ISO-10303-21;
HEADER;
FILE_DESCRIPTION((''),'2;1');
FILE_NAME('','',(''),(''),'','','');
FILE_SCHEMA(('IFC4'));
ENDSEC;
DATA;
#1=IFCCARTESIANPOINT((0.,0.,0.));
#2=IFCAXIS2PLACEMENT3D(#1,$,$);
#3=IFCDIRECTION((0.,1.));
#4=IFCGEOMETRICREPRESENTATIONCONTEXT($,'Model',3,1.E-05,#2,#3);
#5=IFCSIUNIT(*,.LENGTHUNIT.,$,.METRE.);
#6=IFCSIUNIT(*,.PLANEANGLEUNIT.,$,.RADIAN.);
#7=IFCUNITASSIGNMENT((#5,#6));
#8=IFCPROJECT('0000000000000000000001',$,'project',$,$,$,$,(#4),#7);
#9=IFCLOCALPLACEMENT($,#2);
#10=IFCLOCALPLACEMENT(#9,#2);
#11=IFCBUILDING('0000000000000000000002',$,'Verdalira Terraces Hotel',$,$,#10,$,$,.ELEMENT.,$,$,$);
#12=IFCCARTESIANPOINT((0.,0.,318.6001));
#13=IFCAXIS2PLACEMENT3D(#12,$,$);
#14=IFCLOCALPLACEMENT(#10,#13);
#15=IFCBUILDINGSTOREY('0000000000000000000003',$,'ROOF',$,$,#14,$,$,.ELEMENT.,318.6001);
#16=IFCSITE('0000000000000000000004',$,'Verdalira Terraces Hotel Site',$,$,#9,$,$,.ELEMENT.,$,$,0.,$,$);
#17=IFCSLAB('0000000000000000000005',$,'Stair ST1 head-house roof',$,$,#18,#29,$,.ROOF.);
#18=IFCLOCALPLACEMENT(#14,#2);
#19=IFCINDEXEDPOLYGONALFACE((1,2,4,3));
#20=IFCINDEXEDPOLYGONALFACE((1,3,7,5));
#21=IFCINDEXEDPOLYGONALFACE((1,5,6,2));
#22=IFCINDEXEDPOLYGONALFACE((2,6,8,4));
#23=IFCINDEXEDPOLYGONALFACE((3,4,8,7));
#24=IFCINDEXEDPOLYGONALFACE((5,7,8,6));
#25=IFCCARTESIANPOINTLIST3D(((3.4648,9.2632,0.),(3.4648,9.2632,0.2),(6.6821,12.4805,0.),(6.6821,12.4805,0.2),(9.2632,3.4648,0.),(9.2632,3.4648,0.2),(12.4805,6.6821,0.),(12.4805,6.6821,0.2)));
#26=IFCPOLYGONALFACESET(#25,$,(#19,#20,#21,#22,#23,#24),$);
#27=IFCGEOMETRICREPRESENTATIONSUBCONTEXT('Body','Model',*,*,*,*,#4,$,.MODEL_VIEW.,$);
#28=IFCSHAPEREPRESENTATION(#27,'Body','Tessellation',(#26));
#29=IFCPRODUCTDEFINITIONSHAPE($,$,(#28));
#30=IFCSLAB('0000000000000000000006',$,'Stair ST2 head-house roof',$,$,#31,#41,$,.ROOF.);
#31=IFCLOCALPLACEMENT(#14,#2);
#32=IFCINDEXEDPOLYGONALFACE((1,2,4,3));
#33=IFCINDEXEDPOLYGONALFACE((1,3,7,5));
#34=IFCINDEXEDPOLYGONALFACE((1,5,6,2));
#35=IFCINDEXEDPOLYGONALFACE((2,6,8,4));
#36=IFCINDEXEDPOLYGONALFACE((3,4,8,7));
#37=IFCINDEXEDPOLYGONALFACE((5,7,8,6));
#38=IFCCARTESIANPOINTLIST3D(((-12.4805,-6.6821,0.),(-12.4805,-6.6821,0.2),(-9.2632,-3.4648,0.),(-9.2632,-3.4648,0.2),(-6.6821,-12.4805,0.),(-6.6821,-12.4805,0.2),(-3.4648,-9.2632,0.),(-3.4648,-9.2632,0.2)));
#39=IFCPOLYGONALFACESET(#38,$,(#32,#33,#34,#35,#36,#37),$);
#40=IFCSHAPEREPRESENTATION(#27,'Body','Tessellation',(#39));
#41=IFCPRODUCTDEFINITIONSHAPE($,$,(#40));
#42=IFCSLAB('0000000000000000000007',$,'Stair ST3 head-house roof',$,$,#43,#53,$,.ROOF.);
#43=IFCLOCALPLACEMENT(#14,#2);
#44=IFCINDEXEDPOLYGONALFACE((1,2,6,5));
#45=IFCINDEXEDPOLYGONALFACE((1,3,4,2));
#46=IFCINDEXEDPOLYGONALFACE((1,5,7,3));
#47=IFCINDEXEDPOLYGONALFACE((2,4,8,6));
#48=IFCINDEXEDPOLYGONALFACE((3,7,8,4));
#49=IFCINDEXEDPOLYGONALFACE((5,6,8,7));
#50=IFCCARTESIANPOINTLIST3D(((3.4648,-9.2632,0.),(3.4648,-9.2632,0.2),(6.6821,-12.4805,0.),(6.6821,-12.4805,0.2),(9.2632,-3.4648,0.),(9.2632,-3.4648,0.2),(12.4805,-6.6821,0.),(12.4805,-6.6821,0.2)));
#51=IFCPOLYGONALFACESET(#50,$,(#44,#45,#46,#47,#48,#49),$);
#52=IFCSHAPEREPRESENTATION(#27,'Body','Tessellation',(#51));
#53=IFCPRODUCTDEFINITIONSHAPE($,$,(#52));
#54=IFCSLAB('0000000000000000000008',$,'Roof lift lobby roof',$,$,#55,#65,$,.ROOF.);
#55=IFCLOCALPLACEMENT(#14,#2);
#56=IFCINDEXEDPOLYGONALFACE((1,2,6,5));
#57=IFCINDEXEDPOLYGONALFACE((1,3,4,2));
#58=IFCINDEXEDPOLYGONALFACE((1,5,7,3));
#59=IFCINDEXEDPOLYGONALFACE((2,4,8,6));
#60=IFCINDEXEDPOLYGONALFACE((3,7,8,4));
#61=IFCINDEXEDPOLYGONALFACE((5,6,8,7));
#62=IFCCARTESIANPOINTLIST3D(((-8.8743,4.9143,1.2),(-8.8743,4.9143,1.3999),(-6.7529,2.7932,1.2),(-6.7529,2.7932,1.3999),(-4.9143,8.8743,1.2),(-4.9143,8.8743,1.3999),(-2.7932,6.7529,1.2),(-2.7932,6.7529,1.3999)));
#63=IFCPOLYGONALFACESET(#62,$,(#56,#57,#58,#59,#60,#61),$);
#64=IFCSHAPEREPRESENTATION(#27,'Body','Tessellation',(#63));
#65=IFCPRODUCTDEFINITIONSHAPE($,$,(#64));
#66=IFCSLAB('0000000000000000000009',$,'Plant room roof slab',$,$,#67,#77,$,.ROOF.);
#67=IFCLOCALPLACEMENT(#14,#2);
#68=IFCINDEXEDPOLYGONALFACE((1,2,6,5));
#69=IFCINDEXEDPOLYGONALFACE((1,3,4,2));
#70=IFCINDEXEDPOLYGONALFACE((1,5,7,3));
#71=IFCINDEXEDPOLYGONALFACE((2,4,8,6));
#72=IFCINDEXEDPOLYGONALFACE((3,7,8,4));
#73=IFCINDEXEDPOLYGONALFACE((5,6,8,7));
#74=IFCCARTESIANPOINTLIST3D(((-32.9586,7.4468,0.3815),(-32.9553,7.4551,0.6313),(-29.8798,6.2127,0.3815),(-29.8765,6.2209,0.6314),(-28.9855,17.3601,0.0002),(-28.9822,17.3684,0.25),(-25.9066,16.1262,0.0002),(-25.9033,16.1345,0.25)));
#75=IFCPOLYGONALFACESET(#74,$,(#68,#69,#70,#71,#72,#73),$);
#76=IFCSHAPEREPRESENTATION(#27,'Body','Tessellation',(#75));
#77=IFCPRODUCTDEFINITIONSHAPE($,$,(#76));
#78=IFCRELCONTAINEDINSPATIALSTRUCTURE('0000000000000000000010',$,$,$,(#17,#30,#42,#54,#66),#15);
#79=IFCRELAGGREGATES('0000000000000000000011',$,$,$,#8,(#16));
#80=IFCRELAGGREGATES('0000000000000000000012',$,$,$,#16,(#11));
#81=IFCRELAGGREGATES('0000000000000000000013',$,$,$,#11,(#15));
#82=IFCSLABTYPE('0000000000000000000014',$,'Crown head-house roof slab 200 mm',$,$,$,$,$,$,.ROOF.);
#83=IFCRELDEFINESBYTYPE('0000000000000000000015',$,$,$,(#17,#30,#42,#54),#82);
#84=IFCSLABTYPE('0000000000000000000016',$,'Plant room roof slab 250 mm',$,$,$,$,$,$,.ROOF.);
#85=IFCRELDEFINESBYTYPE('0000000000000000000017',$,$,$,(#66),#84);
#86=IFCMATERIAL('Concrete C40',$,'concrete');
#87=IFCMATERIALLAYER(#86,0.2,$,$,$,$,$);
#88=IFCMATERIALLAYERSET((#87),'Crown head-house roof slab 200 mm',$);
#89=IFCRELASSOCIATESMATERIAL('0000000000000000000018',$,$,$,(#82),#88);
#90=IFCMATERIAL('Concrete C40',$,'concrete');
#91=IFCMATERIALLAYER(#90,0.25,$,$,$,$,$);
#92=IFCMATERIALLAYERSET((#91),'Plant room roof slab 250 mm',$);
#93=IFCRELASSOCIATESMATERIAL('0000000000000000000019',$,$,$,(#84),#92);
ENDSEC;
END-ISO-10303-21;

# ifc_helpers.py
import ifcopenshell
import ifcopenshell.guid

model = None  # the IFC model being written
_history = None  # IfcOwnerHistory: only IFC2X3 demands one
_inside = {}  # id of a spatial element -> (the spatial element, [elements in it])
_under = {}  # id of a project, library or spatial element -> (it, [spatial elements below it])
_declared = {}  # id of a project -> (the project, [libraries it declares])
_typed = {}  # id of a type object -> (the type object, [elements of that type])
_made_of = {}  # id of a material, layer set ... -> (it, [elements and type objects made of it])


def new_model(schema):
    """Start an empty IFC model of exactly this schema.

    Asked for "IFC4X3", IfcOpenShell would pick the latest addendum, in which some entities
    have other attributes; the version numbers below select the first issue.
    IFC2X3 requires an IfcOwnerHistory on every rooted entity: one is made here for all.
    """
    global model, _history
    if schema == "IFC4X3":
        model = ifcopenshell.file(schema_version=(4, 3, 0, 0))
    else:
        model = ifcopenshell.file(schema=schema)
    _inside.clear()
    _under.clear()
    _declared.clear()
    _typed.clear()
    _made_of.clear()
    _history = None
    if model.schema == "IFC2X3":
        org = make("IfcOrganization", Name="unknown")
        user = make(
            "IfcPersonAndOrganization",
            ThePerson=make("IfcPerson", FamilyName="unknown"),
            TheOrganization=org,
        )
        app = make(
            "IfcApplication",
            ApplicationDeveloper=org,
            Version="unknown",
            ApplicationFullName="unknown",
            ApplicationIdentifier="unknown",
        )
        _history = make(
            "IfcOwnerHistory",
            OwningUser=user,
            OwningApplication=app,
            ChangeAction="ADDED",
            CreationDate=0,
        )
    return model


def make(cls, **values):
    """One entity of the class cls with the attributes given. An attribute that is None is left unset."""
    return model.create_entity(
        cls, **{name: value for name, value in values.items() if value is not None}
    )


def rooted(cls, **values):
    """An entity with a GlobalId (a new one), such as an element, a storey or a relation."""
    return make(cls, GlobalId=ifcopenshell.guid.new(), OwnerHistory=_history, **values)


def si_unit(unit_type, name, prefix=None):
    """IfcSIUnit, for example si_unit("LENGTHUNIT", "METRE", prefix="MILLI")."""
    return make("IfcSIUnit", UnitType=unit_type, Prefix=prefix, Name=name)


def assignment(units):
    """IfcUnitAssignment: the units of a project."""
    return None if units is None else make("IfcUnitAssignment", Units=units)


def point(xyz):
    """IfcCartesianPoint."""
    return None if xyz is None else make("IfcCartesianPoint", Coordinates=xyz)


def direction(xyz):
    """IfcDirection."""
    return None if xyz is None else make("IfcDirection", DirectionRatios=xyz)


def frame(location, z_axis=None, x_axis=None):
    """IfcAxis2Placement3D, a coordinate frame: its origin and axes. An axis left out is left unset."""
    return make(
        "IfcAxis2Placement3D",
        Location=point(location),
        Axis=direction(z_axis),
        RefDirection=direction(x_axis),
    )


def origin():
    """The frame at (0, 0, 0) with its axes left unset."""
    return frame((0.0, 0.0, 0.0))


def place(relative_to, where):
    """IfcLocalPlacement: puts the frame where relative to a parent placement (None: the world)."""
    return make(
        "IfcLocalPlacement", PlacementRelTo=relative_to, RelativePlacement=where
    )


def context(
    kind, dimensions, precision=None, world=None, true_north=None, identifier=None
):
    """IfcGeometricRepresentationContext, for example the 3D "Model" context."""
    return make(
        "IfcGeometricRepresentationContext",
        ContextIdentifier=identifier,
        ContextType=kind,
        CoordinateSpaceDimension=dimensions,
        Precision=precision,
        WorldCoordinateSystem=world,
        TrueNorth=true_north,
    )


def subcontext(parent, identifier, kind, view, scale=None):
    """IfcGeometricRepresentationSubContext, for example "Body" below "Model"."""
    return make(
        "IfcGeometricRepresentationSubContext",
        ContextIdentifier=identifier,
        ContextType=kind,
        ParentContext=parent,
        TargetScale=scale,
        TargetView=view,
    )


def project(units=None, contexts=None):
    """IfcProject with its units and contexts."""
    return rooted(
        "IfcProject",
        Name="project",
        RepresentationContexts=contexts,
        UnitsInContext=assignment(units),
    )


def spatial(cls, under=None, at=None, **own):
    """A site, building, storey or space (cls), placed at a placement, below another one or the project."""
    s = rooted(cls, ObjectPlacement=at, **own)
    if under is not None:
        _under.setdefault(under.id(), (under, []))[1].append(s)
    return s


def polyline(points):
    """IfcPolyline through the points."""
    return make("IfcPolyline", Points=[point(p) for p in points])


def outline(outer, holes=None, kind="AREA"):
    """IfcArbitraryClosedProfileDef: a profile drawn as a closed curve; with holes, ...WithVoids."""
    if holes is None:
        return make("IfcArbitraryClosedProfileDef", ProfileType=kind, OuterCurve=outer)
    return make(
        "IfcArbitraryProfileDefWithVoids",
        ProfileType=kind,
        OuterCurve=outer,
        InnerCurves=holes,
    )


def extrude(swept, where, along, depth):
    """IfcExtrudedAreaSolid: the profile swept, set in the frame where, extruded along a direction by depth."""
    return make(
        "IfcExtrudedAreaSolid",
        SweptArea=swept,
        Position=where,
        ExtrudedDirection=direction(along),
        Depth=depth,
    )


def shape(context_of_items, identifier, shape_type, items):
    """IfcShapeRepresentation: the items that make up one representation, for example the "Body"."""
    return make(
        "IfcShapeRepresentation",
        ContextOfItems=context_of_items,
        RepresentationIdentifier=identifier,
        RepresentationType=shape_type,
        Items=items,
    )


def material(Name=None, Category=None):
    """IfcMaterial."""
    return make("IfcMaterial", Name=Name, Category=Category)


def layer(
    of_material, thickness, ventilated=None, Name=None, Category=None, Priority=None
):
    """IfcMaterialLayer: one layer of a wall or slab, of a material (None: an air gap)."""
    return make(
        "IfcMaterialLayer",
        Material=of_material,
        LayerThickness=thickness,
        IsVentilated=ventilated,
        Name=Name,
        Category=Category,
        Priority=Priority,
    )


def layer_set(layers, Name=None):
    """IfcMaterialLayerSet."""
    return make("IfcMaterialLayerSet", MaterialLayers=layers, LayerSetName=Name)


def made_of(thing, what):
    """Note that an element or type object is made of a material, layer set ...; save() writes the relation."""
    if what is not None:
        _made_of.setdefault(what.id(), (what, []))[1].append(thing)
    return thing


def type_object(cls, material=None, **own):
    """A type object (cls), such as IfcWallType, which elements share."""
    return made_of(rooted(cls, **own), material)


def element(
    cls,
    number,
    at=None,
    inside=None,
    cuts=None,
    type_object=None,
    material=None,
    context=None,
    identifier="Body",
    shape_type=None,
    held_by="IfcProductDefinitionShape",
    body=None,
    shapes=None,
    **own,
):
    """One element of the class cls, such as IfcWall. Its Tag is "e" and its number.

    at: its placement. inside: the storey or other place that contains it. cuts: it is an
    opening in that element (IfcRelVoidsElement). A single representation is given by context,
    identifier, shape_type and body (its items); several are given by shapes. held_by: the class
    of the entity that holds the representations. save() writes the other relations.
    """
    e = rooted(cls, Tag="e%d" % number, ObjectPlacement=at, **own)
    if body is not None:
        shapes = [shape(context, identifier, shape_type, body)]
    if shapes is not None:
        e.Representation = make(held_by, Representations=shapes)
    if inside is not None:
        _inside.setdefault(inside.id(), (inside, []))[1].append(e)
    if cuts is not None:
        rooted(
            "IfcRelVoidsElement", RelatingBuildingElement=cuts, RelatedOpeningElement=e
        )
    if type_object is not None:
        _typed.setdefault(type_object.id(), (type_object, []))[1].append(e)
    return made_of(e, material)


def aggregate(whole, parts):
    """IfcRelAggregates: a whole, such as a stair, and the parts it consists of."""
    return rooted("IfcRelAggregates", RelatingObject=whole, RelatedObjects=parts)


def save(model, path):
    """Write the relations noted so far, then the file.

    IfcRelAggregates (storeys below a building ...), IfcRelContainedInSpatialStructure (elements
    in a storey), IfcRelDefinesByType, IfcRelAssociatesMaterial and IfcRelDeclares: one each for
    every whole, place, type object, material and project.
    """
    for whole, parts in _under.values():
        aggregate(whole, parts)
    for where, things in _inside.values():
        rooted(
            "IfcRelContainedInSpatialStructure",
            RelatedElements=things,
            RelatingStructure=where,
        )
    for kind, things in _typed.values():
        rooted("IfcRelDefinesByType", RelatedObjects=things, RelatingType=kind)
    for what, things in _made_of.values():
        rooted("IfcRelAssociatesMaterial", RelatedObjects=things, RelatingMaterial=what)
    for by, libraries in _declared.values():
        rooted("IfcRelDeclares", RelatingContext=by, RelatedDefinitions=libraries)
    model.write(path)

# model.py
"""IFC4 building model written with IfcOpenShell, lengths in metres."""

from ifc_helpers import new_model, si_unit, direction, frame, origin, place, context, subcontext, project, spatial, polyline, outline, extrude, material, layer, layer_set, type_object, element, save


model = new_model("IFC4")

# Units and contexts
model_context = context("Model", 3, precision=1e-05, world=origin(), true_north=direction((0.0, 1.0)))
body_context = subcontext(model_context, "Body", "Model", "MODEL_VIEW")
ifc_project = project(units=[si_unit("LENGTHUNIT", "METRE"), si_unit("PLANEANGLEUNIT", "RADIAN")], contexts=[model_context])

# Site, building, storey
site_placement = place(None, origin())
site = spatial("IfcSite", under=ifc_project, at=site_placement, Name="Verdalira Terraces Hotel Site", CompositionType="ELEMENT", RefElevation=0.0)
building_placement = place(site_placement, origin())
building = spatial("IfcBuilding", under=site, at=building_placement, Name="Verdalira Terraces Hotel", CompositionType="ELEMENT")
storey_placement = place(building_placement, frame((0.0, 0.0, 318.6001)))
storey = spatial("IfcBuildingStorey", under=building, at=storey_placement, Name="ROOF", CompositionType="ELEMENT", Elevation=318.6001)

# Slabs
ifc_material_1 = material(Name="Concrete C40", Category="concrete")
ifc_layer_1 = layer(ifc_material_1, 0.2)
ifc_layer_set_1 = layer_set([ifc_layer_1], Name="Crown head-house roof slab 200 mm")
slab_type_1 = type_object("IfcSlabType", Name="Crown head-house roof slab 200 mm", PredefinedType="ROOF", material=ifc_layer_set_1)
slab_1_placement = place(storey_placement, origin())
element("IfcSlab", 1, at=slab_1_placement, inside=storey, type_object=slab_type_1, Name="Stair ST1 head-house roof", PredefinedType="ROOF", context=body_context, shape_type="SweptSolid", body=[
    extrude(outline(polyline([(6.6821, 12.4805), (12.4805, 6.6821), (9.2632, 3.4648), (3.4648, 9.2632), (6.6821, 12.4805)])), origin(), (0.0, 0.0, 1.0), 0.2),
])
slab_2_placement = place(storey_placement, origin())
element("IfcSlab", 2, at=slab_2_placement, inside=storey, type_object=slab_type_1, Name="Stair ST2 head-house roof", PredefinedType="ROOF", context=body_context, shape_type="SweptSolid", body=[
    extrude(outline(polyline([(-3.4648, -9.2632), (-6.6821, -12.4805), (-12.4805, -6.6821), (-9.2632, -3.4648), (-3.4648, -9.2632)])), origin(), (0.0, 0.0, 1.0), 0.2),
])
slab_3_placement = place(storey_placement, origin())
element("IfcSlab", 3, at=slab_3_placement, inside=storey, type_object=slab_type_1, Name="Stair ST3 head-house roof", PredefinedType="ROOF", context=body_context, shape_type="SweptSolid", body=[
    extrude(outline(polyline([(3.4648, -9.2632), (9.2632, -3.4648), (12.4805, -6.6821), (6.6821, -12.4805), (3.4648, -9.2632)])), origin(), (0.0, 0.0, 1.0), 0.2),
])
slab_4_placement = place(storey_placement, frame((0.0, 0.0, 1.2)))
element("IfcSlab", 4, at=slab_4_placement, inside=storey, type_object=slab_type_1, Name="Roof lift lobby roof", PredefinedType="ROOF", context=body_context, shape_type="SweptSolid", body=[
    extrude(outline(polyline([(-4.9143, 8.8743), (-2.7932, 6.7529), (-6.7529, 2.7932), (-8.8743, 4.9143), (-4.9143, 8.8743)])), origin(), (0.0, 0.0, 1.0), 0.2),
])
ifc_material_2 = material(Name="Concrete C40", Category="concrete")
ifc_layer_2 = layer(ifc_material_2, 0.25)
ifc_layer_set_2 = layer_set([ifc_layer_2], Name="Plant room roof slab 250 mm")
slab_type_2 = type_object("IfcSlabType", Name="Plant room roof slab 250 mm", PredefinedType="ROOF", material=ifc_layer_set_2)
slab_5_placement = place(storey_placement, frame((-25.9033, 16.1345, 0.25), z_axis=(0.013276, 0.033123, 0.999363), x_axis=(-0.371776, -0.927636, 0.035684)))
element("IfcSlab", 5, at=slab_5_placement, inside=storey, type_object=slab_type_2, Name="Plant room roof slab", PredefinedType="ROOF", context=body_context, shape_type="SweptSolid", body=[
    extrude(outline(polyline([(0.0, 0.0), (10.6869, 0.0), (10.6867, -3.317), (0.0, -3.3169), (0.0, 0.0)])), origin(), (0.0, 0.0, -1.0), 0.25),
])

save(model, "model.ifc")
